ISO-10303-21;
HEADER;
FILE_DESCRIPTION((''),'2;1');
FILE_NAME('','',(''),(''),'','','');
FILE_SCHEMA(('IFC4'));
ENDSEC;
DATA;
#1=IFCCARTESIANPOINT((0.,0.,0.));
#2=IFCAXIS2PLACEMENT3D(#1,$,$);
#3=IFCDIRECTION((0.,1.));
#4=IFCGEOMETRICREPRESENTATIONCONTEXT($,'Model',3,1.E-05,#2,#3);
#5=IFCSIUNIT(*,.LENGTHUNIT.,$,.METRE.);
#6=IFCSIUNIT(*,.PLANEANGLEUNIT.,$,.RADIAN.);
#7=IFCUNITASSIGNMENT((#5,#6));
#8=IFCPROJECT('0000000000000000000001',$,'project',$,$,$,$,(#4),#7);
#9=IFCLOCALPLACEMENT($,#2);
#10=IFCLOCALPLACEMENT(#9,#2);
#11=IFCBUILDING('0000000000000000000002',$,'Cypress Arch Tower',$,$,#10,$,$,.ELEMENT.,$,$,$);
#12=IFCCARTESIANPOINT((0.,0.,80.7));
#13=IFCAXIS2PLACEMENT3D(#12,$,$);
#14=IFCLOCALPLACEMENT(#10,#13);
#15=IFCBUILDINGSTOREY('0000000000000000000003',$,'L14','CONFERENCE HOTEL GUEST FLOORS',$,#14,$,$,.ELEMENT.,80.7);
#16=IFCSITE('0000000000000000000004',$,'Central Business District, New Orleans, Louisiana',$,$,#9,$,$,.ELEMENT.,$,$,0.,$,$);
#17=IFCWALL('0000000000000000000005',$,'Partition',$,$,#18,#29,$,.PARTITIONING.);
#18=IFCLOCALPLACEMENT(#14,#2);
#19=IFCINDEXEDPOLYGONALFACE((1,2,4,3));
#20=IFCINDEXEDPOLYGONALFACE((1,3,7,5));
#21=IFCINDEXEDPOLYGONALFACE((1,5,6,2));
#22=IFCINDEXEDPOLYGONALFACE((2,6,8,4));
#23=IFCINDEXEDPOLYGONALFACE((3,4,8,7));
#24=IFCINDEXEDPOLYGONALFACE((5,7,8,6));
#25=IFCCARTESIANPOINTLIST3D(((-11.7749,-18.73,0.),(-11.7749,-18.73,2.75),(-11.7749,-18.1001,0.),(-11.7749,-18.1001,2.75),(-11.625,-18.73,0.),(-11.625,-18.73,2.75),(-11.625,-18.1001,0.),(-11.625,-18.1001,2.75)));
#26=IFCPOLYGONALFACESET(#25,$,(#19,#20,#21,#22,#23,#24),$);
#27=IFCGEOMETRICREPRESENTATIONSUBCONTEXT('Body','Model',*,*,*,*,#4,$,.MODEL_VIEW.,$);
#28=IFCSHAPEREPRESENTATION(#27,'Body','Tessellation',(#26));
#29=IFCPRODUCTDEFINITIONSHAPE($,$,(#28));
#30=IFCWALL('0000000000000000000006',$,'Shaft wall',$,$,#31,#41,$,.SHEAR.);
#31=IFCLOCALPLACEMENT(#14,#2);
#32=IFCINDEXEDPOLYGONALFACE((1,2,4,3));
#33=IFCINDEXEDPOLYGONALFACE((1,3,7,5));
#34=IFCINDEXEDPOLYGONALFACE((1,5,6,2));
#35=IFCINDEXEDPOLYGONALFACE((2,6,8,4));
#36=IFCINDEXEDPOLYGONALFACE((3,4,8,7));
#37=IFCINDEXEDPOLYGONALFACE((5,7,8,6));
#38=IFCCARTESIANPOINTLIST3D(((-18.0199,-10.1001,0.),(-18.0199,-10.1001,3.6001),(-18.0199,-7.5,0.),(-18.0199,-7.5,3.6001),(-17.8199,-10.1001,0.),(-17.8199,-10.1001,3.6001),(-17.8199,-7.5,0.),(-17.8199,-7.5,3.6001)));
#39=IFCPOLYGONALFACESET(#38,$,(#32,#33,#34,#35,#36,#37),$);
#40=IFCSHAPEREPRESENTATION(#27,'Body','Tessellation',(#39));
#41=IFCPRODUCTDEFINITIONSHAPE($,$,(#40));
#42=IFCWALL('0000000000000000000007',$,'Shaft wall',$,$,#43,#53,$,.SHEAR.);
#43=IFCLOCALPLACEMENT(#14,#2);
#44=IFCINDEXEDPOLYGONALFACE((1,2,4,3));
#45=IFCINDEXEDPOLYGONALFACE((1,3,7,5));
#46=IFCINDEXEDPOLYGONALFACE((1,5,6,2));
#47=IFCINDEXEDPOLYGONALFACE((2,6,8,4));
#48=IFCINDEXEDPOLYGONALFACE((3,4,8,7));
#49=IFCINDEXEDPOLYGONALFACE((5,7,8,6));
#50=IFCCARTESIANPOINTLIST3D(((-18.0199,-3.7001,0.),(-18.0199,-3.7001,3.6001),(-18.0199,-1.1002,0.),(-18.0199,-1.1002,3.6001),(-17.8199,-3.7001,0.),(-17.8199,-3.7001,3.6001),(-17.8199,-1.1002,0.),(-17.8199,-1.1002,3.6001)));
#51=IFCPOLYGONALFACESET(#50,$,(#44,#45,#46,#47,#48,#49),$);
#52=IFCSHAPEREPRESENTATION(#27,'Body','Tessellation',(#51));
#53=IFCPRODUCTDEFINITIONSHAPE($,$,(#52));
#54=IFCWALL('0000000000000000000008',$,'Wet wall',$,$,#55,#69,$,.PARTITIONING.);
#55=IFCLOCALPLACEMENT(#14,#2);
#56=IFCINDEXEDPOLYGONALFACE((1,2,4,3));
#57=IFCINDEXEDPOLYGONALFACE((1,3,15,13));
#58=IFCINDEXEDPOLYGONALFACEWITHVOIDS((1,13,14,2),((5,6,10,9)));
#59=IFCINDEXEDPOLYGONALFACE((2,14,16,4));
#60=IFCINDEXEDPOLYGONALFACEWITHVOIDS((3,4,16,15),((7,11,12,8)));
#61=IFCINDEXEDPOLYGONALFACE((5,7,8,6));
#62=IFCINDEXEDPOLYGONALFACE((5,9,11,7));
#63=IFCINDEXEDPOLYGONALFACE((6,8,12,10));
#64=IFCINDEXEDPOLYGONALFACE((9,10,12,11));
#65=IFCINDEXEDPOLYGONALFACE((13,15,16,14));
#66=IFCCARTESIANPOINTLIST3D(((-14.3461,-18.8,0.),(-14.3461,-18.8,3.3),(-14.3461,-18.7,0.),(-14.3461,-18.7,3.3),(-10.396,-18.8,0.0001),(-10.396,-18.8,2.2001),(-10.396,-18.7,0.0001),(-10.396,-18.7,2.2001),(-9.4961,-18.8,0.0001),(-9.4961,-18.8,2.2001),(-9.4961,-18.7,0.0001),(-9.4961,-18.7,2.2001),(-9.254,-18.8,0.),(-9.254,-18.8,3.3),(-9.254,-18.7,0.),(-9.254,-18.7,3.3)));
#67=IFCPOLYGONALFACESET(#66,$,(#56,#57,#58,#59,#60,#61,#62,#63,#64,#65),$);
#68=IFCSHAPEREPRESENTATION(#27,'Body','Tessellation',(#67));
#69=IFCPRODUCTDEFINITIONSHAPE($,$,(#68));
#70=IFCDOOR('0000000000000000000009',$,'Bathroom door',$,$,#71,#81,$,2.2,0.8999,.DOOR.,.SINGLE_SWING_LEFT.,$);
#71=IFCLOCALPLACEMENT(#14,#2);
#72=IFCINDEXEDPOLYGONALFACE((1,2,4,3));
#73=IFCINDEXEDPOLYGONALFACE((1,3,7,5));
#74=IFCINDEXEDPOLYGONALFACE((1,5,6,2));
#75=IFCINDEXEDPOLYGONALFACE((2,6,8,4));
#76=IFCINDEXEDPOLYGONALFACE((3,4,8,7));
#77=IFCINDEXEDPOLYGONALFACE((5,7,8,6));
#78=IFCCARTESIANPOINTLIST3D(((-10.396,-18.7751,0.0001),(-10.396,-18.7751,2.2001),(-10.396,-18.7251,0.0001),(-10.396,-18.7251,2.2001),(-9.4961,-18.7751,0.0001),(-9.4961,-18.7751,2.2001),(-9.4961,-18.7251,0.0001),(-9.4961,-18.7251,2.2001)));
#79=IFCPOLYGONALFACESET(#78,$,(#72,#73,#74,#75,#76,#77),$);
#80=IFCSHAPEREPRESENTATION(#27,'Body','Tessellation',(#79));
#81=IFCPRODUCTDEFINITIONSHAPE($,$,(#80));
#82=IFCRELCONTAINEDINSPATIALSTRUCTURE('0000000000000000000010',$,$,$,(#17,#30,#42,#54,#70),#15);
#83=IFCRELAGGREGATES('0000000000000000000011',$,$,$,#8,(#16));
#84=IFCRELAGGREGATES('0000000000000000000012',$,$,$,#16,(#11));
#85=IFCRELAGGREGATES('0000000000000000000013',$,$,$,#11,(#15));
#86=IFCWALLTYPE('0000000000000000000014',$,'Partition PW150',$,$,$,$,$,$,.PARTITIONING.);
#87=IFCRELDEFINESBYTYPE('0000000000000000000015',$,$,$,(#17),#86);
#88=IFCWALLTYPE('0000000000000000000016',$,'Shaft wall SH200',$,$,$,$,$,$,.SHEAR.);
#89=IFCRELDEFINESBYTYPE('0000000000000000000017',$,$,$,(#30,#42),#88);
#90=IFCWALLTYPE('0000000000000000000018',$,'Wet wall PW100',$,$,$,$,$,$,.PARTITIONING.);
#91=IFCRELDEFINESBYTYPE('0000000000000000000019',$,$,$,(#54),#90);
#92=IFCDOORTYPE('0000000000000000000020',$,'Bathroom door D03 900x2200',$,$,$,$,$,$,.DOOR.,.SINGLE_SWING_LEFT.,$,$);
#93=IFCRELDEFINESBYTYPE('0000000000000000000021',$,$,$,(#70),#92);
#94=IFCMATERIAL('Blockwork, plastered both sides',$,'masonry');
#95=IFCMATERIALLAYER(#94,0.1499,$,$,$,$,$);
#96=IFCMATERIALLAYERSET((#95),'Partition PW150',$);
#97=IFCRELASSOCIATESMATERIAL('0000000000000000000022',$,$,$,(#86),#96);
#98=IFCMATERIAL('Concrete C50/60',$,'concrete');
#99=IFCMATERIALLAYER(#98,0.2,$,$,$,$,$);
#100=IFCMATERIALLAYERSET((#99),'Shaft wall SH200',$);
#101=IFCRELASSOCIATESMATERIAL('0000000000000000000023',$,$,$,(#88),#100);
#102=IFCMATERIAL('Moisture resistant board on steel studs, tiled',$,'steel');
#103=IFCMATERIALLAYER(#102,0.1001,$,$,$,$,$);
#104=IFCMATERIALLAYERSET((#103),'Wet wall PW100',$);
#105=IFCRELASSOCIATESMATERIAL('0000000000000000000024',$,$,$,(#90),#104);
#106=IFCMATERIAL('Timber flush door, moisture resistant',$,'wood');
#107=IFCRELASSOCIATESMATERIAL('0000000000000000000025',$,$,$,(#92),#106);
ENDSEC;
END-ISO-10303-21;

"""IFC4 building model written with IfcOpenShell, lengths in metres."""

from ifc_helpers import new_model, si_unit, direction, frame, frame_2d, origin, place, context, subcontext, project, spatial, rectangle, extrude, material, layer, layer_set, type_object, element, fill, save


model = new_model("IFC4")

# Units and contexts
model_context = context("Model", 3, precision=1e-05, world=origin(), true_north=direction((0.0, 1.0)))
body_context = subcontext(model_context, "Body", "Model", "MODEL_VIEW")
ifc_project = project(units=[si_unit("LENGTHUNIT", "METRE"), si_unit("PLANEANGLEUNIT", "RADIAN")], contexts=[model_context])

# Site, building, storey
site_placement = place(None, origin())
site = spatial("IfcSite", under=ifc_project, at=site_placement, Name="Central Business District, New Orleans, Louisiana", CompositionType="ELEMENT", RefElevation=0.0)
building_placement = place(site_placement, origin())
building = spatial("IfcBuilding", under=site, at=building_placement, Name="Cypress Arch Tower", CompositionType="ELEMENT")
storey_placement = place(building_placement, frame((0.0, 0.0, 80.7)))
storey = spatial("IfcBuildingStorey", under=building, at=storey_placement, Name="L14", Description="CONFERENCE HOTEL GUEST FLOORS", CompositionType="ELEMENT", Elevation=80.7)

# Walls
ifc_material_1 = material(Name="Blockwork, plastered both sides", Category="masonry")
ifc_layer_1 = layer(ifc_material_1, 0.1499)
ifc_layer_set_1 = layer_set([ifc_layer_1], Name="Partition PW150")
wall_type_1 = type_object("IfcWallType", Name="Partition PW150", PredefinedType="PARTITIONING", material=ifc_layer_set_1)
wall_1_placement = place(storey_placement, frame((-11.7, -18.73, 0.0), z_axis=(0.0, 0.0, 1.0), x_axis=(0.0, 1.0, 0.0)))
element("IfcWall", 1, at=wall_1_placement, inside=storey, type_object=wall_type_1, Name="Partition", PredefinedType="PARTITIONING", context=body_context, shape_type="SweptSolid", body=[
    extrude(rectangle(XDim=0.6299, YDim=0.1499, at=frame_2d((0.3149, 0.0))), origin(), (0.0, 0.0, 1.0), 2.75),
])
ifc_material_2 = material(Name="Concrete C50/60", Category="concrete")
ifc_layer_2 = layer(ifc_material_2, 0.2)
ifc_layer_set_2 = layer_set([ifc_layer_2], Name="Shaft wall SH200")
wall_type_2 = type_object("IfcWallType", Name="Shaft wall SH200", PredefinedType="SHEAR", material=ifc_layer_set_2)
wall_2_placement = place(storey_placement, frame((-17.9199, -10.1001, 0.0), z_axis=(0.0, 0.0, 1.0), x_axis=(0.0, 1.0, 0.0)))
element("IfcWall", 2, at=wall_2_placement, inside=storey, type_object=wall_type_2, Name="Shaft wall", PredefinedType="SHEAR", context=body_context, shape_type="SweptSolid", body=[
    extrude(rectangle(XDim=2.6001, YDim=0.2, at=frame_2d((1.3, 0.0))), origin(), (0.0, 0.0, 1.0), 3.6001),
])
wall_3_placement = place(storey_placement, frame((-17.9199, -3.7, 0.0), z_axis=(0.0, 0.0, 1.0), x_axis=(0.0, 1.0, 0.0)))
element("IfcWall", 3, at=wall_3_placement, inside=storey, type_object=wall_type_2, Name="Shaft wall", PredefinedType="SHEAR", context=body_context, shape_type="SweptSolid", body=[
    extrude(rectangle(XDim=2.5999, YDim=0.2, at=frame_2d((1.2998, 0.0))), origin(), (0.0, 0.0, 1.0), 3.6001),
])

# Wall, opening, door
ifc_material_3 = material(Name="Moisture resistant board on steel studs, tiled", Category="steel")
ifc_layer_3 = layer(ifc_material_3, 0.1001)
ifc_layer_set_3 = layer_set([ifc_layer_3], Name="Wet wall PW100")
wall_type_3 = type_object("IfcWallType", Name="Wet wall PW100", PredefinedType="PARTITIONING", material=ifc_layer_set_3)
wall_4_placement = place(storey_placement, frame((-14.3459, -18.75, 0.0), z_axis=(0.0, 0.0, 1.0), x_axis=(1.0, 0.0, 0.0)))
wall_4 = element("IfcWall", 4, at=wall_4_placement, inside=storey, type_object=wall_type_3, Name="Wet wall", PredefinedType="PARTITIONING", context=body_context, shape_type="SweptSolid", body=[
    extrude(rectangle(XDim=5.092, YDim=0.1001, at=frame_2d((2.5459, 0.0))), origin(), (0.0, 0.0, 1.0), 3.3),
])
opening_1_placement = place(wall_4_placement, frame((3.95, 0.0, 0.0)))
opening_1 = element("IfcOpeningElement", 5, at=opening_1_placement, cuts=wall_4, PredefinedType="OPENING", context=body_context, shape_type="SweptSolid", body=[
    extrude(rectangle(XDim=0.8999, YDim=2.2, at=frame_2d((0.45, 1.1001))), frame((0.0, 0.0601, 0.0), z_axis=(0.0, -1.0, 0.0), x_axis=(1.0, 0.0, 0.0)), (0.0, 0.0, 1.0), 0.1201),
])
ifc_material_4 = material(Name="Timber flush door, moisture resistant", Category="wood")
door_type_1 = type_object("IfcDoorType", Name="Bathroom door D03 900x2200", OperationType="SINGLE_SWING_LEFT", PredefinedType="DOOR", material=ifc_material_4)
door_1_placement = place(opening_1_placement, origin())
door_1 = element("IfcDoor", 6, at=door_1_placement, inside=storey, type_object=door_type_1, Name="Bathroom door", OperationType="SINGLE_SWING_LEFT", OverallHeight=2.2, OverallWidth=0.8999, PredefinedType="DOOR", context=body_context, shape_type="SweptSolid", body=[
    extrude(rectangle(XDim=0.8999, YDim=2.2, at=frame_2d((0.45, 1.1001))), frame((0.0, 0.0249, 0.0), z_axis=(0.0, -1.0, 0.0), x_axis=(1.0, 0.0, 0.0)), (0.0, 0.0, 1.0), 0.05),
])
fill(opening_1, door_1)

save(model, "model.ifc")
